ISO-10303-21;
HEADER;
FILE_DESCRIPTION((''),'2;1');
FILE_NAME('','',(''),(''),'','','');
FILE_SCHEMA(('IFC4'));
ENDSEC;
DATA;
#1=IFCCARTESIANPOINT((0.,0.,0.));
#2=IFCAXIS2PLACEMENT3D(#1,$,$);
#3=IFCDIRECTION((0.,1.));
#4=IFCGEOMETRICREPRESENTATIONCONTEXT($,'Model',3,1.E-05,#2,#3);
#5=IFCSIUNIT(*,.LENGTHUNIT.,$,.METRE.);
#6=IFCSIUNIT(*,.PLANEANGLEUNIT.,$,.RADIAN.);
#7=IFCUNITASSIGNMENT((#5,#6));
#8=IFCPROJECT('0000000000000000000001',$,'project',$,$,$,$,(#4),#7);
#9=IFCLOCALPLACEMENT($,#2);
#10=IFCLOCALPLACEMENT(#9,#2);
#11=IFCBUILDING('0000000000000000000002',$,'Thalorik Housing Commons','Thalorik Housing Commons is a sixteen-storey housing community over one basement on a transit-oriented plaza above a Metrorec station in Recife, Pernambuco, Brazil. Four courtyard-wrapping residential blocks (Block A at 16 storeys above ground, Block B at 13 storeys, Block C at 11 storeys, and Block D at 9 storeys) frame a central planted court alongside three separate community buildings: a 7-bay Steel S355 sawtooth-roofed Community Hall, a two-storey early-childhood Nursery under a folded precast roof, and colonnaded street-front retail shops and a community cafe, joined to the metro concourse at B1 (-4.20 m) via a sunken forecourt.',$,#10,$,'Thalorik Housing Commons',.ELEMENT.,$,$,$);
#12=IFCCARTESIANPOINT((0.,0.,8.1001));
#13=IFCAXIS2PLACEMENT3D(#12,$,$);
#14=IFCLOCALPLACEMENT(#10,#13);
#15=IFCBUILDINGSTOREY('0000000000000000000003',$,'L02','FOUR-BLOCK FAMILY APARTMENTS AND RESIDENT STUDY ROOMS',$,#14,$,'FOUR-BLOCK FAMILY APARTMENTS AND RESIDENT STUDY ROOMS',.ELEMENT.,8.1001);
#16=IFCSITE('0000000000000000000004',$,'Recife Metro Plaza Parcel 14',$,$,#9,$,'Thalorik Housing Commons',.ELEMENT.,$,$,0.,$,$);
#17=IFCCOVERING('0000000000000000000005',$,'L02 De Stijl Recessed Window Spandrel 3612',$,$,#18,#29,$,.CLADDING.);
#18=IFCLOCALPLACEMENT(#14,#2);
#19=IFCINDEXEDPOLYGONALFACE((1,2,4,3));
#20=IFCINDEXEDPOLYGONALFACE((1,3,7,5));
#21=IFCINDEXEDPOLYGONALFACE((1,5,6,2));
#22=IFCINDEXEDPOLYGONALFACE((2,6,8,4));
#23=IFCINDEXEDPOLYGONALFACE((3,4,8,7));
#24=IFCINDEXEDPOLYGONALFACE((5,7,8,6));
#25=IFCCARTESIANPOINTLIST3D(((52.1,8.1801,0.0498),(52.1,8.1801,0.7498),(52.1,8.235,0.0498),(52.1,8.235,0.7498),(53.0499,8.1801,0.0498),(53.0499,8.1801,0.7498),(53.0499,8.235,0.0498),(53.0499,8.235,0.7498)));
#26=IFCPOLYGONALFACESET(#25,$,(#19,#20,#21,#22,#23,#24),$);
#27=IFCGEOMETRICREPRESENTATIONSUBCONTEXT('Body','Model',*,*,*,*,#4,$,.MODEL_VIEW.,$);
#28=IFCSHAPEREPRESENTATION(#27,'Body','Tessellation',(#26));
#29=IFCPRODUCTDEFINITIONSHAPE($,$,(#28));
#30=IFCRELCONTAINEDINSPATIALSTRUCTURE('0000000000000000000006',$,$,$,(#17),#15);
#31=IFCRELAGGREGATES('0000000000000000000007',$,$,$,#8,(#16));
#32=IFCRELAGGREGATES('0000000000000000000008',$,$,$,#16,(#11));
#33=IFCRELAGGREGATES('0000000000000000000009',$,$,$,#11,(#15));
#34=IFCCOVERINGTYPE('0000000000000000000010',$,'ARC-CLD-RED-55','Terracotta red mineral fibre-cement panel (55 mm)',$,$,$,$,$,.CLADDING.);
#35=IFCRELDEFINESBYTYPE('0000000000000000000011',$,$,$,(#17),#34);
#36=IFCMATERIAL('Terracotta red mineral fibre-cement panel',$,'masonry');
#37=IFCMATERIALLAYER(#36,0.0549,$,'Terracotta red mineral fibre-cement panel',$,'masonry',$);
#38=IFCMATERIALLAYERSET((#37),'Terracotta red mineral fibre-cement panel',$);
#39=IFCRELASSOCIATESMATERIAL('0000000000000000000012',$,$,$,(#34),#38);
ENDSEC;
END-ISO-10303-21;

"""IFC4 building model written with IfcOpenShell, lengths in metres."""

from ifc_helpers import new_model, si_unit, direction, frame, origin, origin_2d, place, context, subcontext, project, spatial, rectangle, extrude, material, layer, layer_set, type_object, element, save


model = new_model("IFC4")

# Units and contexts
model_context = context("Model", 3, precision=1e-05, world=origin(), true_north=direction((0.0, 1.0)))
body_context = subcontext(model_context, "Body", "Model", "MODEL_VIEW")
ifc_project = project(units=[si_unit("LENGTHUNIT", "METRE"), si_unit("PLANEANGLEUNIT", "RADIAN")], contexts=[model_context])

# Site, building, storey
site_placement = place(None, origin())
site = spatial("IfcSite", under=ifc_project, at=site_placement, Name="Recife Metro Plaza Parcel 14", LongName="Thalorik Housing Commons", CompositionType="ELEMENT", RefElevation=0.0)
building_placement = place(site_placement, origin())
building = spatial("IfcBuilding", under=site, at=building_placement, Name="Thalorik Housing Commons", Description="Thalorik Housing Commons is a sixteen-storey housing community over one basement on a transit-oriented plaza above a Metrorec station in Recife, Pernambuco, Brazil. Four courtyard-wrapping residential blocks (Block A at 16 storeys above ground, Block B at 13 storeys, Block C at 11 storeys, and Block D at 9 storeys) frame a central planted court alongside three separate community buildings: a 7-bay Steel S355 sawtooth-roofed Community Hall, a two-storey early-childhood Nursery under a folded precast roof, and colonnaded street-front retail shops and a community cafe, joined to the metro concourse at B1 (-4.20 m) via a sunken forecourt.", LongName="Thalorik Housing Commons", CompositionType="ELEMENT")
storey_placement = place(building_placement, frame((0.0, 0.0, 8.1001)))
storey = spatial("IfcBuildingStorey", under=building, at=storey_placement, Name="L02", Description="FOUR-BLOCK FAMILY APARTMENTS AND RESIDENT STUDY ROOMS", LongName="FOUR-BLOCK FAMILY APARTMENTS AND RESIDENT STUDY ROOMS", CompositionType="ELEMENT", Elevation=8.1001)

# Covering
ifc_material_1 = material(Name="Terracotta red mineral fibre-cement panel", Category="masonry")
ifc_layer_1 = layer(ifc_material_1, 0.0549, Name="Terracotta red mineral fibre-cement panel", Category="masonry")
ifc_layer_set_1 = layer_set([ifc_layer_1], Name="Terracotta red mineral fibre-cement panel")
covering_type_1 = type_object("IfcCoveringType", Name="ARC-CLD-RED-55", Description="Terracotta red mineral fibre-cement panel (55 mm)", PredefinedType="CLADDING", material=ifc_layer_set_1)
covering_1_placement = place(storey_placement, frame((52.575, 8.2075, 0.0498), z_axis=(0.0, 0.0, 1.0), x_axis=(1.0, 0.0, 0.0)))
element("IfcCovering", 1, at=covering_1_placement, inside=storey, type_object=covering_type_1, Name="L02 De Stijl Recessed Window Spandrel 3612", PredefinedType="CLADDING", context=body_context, shape_type="SweptSolid", body=[
    extrude(rectangle(XDim=0.95, YDim=0.0549, at=origin_2d()), origin(), (0.0, 0.0, 1.0), 0.7),
])

save(model, "model.ifc")
